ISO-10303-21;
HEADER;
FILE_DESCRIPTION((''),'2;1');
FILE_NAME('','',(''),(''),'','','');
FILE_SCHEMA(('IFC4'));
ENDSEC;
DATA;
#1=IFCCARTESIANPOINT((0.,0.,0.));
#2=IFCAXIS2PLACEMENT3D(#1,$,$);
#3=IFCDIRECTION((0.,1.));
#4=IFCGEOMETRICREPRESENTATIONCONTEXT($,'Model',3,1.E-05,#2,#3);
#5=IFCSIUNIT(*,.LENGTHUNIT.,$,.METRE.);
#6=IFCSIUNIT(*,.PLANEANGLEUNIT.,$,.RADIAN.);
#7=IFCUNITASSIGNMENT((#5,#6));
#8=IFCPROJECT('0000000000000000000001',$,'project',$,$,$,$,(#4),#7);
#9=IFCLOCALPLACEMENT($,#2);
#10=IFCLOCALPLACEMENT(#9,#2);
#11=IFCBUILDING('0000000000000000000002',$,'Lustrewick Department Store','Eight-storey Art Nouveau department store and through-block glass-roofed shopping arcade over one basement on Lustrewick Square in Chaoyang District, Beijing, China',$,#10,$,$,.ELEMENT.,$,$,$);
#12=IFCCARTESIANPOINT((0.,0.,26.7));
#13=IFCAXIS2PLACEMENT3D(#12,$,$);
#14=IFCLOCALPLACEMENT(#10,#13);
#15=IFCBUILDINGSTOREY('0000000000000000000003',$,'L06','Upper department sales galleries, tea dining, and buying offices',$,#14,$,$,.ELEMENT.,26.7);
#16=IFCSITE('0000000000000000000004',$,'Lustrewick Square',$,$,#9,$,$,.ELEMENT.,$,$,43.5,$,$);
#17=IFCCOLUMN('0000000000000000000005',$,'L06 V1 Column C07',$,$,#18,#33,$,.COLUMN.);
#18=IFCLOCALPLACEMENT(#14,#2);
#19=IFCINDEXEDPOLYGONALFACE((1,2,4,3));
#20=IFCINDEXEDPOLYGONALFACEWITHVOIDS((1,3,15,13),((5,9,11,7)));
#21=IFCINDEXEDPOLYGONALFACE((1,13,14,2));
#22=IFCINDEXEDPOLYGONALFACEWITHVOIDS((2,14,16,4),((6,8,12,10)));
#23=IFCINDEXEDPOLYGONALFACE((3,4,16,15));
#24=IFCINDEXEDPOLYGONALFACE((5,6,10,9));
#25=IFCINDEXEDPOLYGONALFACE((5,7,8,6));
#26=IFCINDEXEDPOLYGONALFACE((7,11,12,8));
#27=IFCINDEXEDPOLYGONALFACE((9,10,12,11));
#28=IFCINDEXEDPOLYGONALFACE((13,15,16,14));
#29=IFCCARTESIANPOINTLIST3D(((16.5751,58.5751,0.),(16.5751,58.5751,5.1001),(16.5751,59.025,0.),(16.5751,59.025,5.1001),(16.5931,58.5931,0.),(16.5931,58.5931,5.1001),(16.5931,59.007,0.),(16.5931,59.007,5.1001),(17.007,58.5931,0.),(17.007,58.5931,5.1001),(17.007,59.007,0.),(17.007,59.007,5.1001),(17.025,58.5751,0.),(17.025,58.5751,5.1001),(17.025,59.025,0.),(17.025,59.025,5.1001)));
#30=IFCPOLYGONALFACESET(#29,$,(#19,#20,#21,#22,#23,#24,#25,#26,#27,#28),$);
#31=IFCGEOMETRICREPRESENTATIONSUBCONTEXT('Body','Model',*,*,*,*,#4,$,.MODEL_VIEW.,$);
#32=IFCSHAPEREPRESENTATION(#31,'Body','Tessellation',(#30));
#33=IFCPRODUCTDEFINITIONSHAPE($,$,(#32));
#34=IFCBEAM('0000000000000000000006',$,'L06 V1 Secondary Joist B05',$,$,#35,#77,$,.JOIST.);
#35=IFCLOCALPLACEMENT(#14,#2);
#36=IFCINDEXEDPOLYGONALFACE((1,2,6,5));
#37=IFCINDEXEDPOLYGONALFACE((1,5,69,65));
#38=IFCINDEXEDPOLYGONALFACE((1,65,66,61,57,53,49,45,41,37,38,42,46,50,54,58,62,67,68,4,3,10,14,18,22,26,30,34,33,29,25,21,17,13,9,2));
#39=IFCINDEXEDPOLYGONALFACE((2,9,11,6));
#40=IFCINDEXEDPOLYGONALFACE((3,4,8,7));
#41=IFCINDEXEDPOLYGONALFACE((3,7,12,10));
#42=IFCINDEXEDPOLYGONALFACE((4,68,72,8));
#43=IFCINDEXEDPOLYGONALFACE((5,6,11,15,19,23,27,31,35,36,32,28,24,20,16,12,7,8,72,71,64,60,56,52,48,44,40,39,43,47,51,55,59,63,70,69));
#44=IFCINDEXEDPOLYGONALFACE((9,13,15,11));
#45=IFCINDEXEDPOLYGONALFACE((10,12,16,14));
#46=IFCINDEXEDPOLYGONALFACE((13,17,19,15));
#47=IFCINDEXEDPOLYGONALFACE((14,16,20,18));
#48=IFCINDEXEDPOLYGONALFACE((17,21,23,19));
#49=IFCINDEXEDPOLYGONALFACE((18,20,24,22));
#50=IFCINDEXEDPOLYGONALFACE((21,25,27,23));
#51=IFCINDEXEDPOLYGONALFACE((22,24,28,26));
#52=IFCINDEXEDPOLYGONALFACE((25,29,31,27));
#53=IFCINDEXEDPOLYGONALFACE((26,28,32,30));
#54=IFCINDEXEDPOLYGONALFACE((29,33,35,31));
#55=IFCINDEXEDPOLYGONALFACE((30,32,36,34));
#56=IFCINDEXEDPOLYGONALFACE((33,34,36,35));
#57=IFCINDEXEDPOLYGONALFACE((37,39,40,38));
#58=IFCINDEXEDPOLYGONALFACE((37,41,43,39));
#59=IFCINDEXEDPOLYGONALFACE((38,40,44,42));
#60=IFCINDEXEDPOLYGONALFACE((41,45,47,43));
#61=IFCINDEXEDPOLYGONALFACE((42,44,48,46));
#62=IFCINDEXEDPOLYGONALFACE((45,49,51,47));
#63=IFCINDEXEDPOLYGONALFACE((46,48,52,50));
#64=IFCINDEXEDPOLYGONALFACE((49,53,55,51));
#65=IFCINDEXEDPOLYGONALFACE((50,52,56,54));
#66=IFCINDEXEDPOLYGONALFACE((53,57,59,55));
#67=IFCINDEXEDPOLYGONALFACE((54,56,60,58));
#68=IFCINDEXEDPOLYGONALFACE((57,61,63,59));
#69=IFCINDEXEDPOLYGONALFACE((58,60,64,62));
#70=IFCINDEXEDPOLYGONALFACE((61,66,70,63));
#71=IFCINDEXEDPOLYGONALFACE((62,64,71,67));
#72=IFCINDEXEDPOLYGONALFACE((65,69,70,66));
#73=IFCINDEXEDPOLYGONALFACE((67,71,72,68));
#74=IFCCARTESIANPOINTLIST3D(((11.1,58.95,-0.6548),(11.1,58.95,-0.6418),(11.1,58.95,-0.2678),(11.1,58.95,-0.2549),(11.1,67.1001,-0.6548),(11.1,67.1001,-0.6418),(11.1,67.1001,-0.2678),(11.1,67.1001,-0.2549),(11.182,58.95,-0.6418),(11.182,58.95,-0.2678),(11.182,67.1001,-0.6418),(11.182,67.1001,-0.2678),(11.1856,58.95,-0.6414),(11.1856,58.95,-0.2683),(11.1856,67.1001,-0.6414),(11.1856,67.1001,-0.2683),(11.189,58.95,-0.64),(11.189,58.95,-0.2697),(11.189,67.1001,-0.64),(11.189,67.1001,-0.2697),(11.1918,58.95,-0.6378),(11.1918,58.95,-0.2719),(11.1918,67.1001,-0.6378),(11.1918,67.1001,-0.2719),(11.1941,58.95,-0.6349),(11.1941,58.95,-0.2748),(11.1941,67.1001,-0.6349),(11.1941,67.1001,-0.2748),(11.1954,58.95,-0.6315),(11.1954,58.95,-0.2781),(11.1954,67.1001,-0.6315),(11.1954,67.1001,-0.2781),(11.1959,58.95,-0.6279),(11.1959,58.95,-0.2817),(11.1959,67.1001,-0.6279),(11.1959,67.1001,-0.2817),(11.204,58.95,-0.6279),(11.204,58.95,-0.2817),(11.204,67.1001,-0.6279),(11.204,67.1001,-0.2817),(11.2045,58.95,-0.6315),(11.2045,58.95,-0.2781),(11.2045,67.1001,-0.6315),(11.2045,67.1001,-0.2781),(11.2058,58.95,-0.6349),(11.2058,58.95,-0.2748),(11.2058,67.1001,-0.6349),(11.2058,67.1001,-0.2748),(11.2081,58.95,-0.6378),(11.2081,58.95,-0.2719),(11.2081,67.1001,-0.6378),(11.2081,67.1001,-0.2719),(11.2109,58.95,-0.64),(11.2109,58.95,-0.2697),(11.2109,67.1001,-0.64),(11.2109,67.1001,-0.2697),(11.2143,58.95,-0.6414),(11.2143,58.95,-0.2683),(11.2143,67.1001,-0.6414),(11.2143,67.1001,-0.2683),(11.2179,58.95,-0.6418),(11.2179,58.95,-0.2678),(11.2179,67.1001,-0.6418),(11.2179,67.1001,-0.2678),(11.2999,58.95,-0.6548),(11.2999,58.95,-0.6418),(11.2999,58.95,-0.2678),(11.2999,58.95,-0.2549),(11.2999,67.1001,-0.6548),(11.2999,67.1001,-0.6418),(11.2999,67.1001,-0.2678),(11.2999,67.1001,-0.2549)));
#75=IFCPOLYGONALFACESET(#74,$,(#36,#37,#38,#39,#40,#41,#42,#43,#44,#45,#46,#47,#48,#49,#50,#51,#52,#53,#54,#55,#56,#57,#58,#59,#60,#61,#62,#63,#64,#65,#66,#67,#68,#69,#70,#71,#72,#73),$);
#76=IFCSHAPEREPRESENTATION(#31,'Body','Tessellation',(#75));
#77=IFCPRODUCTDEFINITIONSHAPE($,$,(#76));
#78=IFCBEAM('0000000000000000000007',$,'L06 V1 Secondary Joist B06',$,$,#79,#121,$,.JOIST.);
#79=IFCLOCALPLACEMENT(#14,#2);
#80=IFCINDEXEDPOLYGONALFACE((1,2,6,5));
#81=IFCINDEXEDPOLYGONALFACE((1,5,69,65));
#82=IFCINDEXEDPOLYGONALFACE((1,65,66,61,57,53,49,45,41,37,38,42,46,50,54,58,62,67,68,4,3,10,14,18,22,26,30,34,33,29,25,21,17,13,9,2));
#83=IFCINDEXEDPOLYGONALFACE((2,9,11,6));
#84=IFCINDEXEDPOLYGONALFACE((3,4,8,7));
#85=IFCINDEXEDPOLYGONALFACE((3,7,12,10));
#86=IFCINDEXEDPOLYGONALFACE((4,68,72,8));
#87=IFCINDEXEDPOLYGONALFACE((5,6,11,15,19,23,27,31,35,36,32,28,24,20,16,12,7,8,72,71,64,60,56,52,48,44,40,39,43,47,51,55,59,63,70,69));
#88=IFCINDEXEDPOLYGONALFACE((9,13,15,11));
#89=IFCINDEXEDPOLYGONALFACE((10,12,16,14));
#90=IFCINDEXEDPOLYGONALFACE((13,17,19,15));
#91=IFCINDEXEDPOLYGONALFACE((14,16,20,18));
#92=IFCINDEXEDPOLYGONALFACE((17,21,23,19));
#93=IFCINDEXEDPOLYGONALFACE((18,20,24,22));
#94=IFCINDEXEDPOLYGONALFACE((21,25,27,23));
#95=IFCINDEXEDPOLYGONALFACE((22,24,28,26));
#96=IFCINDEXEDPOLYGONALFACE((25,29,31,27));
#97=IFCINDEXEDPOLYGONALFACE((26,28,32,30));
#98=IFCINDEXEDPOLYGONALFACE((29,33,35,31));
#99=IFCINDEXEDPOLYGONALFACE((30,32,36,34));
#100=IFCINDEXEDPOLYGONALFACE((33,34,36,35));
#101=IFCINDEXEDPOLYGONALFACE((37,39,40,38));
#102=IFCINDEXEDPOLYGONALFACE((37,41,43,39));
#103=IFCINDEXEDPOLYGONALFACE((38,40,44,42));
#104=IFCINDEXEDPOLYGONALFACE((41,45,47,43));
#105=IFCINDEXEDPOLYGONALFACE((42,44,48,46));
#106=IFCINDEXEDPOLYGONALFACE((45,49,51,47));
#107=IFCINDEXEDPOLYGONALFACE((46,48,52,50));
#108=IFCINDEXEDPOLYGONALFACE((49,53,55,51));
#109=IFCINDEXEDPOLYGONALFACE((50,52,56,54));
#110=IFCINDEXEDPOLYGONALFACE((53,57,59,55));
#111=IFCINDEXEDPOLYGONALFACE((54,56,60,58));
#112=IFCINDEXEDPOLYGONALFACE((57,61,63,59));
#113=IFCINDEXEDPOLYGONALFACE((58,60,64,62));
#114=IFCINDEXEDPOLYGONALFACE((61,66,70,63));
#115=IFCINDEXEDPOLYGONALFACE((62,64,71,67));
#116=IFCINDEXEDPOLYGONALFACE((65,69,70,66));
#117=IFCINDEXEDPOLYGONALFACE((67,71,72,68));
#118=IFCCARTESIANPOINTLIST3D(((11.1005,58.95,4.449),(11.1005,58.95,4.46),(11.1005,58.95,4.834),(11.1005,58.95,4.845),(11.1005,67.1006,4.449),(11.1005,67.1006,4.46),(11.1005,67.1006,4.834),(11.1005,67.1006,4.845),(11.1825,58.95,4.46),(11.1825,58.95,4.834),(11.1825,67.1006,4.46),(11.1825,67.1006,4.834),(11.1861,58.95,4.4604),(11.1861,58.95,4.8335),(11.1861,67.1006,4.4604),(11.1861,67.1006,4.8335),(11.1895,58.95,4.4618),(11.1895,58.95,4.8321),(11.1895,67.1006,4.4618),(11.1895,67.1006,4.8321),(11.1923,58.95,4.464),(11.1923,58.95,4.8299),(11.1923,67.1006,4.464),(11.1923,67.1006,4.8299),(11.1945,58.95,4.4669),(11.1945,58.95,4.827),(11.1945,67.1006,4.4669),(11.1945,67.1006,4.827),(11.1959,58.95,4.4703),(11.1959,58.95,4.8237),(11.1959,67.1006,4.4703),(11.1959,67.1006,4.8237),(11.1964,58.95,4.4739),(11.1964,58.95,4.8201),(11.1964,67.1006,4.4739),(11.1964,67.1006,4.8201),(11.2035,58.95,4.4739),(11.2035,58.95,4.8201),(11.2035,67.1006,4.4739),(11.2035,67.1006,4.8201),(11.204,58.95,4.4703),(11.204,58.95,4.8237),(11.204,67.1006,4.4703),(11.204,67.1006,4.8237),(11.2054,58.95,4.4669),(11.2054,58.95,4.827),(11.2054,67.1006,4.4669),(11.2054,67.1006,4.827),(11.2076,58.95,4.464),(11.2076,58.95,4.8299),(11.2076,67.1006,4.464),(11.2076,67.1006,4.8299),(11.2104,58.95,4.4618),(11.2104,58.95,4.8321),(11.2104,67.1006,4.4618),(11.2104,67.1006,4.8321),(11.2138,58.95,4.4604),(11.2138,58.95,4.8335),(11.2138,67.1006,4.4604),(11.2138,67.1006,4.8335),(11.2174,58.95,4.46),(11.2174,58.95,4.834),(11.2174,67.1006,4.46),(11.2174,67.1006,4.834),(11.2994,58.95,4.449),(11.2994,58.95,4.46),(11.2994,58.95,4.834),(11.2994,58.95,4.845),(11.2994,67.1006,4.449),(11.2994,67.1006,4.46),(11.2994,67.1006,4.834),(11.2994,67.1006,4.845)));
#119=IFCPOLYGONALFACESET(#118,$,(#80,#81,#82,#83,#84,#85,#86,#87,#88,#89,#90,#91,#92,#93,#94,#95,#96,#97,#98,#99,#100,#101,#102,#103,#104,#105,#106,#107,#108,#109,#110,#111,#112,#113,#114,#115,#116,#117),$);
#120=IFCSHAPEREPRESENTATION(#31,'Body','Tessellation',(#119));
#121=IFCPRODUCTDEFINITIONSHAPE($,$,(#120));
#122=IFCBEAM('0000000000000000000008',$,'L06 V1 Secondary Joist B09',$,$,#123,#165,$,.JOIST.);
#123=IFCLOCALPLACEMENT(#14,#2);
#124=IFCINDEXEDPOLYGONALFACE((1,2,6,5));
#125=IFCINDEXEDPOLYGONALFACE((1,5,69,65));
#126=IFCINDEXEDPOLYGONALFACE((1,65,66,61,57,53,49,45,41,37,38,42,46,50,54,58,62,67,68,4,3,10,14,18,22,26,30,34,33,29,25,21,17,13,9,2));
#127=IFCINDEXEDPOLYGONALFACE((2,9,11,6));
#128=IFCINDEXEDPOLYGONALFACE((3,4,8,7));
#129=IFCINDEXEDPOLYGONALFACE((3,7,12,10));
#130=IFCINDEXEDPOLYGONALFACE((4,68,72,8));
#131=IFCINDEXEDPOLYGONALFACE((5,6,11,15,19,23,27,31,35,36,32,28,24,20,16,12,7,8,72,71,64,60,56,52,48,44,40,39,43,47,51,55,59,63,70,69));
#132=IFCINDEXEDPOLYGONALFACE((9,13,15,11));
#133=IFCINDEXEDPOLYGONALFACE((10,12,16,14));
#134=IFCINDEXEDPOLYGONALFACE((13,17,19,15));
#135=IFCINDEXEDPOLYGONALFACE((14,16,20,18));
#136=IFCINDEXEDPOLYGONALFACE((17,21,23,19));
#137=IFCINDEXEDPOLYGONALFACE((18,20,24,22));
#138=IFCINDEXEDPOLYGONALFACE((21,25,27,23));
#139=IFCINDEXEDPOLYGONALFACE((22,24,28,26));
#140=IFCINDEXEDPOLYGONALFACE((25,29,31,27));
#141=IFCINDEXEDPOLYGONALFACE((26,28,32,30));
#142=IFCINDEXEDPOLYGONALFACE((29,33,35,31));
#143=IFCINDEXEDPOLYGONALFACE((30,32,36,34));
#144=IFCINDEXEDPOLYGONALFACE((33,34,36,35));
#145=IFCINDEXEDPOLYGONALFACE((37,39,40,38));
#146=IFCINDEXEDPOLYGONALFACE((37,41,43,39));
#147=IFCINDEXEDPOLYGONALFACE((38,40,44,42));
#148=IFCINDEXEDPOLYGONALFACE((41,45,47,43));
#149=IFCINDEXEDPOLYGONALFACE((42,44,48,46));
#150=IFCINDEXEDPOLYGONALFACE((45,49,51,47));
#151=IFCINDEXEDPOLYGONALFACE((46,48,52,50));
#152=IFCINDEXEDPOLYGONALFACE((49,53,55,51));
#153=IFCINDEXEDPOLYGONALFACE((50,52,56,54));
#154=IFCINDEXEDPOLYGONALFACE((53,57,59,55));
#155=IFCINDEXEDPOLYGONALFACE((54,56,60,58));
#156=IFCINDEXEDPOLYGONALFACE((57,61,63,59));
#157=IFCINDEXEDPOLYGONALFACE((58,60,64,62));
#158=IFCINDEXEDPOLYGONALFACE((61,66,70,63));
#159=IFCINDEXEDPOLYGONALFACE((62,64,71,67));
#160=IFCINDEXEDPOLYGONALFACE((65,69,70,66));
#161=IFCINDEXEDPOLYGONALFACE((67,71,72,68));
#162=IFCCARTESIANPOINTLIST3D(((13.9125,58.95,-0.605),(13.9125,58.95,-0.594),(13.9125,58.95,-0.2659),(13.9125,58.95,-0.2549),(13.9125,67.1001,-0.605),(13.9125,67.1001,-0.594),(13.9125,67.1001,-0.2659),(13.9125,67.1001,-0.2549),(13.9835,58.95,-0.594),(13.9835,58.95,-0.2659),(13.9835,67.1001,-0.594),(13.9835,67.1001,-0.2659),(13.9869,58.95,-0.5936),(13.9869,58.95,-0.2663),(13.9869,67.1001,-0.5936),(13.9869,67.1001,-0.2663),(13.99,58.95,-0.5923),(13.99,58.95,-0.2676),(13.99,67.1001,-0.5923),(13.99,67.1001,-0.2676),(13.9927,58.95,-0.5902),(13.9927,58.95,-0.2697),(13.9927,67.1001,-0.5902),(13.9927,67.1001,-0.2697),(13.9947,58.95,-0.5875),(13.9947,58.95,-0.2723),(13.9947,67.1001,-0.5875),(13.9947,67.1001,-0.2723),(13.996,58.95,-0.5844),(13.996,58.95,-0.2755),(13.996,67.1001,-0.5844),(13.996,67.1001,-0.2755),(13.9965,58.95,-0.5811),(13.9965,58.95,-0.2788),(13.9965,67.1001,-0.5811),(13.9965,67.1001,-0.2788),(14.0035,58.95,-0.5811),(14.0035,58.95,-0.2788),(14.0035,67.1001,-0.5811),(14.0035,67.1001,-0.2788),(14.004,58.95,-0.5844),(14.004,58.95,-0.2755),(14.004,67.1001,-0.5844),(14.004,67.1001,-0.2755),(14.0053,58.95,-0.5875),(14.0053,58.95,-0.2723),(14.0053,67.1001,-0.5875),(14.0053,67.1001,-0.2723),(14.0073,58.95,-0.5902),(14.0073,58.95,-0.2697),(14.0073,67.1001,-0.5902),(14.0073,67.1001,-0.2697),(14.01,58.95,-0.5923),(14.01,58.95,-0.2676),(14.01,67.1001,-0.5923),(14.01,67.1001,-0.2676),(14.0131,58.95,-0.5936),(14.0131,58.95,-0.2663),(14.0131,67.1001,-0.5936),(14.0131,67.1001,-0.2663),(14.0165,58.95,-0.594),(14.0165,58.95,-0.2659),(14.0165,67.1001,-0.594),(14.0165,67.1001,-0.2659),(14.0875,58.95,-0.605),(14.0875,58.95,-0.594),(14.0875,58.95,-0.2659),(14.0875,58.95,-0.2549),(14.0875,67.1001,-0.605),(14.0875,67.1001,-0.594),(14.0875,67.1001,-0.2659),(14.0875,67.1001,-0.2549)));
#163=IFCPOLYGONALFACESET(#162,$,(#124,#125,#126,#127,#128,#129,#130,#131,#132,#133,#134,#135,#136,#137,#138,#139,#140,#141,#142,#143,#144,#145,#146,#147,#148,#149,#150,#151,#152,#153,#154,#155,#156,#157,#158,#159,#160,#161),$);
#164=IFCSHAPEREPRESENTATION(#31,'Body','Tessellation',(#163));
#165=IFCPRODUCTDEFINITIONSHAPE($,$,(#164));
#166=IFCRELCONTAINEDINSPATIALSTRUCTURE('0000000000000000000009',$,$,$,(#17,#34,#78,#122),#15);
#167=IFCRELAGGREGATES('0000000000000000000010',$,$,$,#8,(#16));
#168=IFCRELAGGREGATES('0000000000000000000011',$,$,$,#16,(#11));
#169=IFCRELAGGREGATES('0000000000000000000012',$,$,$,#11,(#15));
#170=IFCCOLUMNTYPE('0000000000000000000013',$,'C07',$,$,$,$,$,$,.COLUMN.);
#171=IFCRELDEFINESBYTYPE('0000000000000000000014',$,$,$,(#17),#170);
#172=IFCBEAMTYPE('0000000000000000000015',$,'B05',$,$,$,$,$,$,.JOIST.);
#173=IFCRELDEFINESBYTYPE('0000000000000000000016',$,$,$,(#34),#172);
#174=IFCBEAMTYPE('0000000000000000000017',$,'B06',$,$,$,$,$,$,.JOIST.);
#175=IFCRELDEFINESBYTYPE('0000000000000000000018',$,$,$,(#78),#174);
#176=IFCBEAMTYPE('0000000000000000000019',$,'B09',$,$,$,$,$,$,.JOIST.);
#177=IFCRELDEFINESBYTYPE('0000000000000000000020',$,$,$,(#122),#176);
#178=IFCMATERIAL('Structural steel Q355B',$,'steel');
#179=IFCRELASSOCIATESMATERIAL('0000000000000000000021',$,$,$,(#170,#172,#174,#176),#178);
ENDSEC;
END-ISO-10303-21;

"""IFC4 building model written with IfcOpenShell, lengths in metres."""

from ifc_helpers import new_model, si_unit, direction, frame, origin, origin_2d, place, context, subcontext, project, spatial, hollow_rectangle, i_section, extrude, material, material_profile, profile_set, type_object, element, save


model = new_model("IFC4")

# Units and contexts
model_context = context("Model", 3, precision=1e-05, world=origin(), true_north=direction((0.0, 1.0)))
body_context = subcontext(model_context, "Body", "Model", "MODEL_VIEW")
ifc_project = project(units=[si_unit("LENGTHUNIT", "METRE"), si_unit("PLANEANGLEUNIT", "RADIAN")], contexts=[model_context])

# Site, building, storey
site_placement = place(None, origin())
site = spatial("IfcSite", under=ifc_project, at=site_placement, Name="Lustrewick Square", CompositionType="ELEMENT", RefElevation=43.5)
building_placement = place(site_placement, origin())
building = spatial("IfcBuilding", under=site, at=building_placement, Name="Lustrewick Department Store", Description="Eight-storey Art Nouveau department store and through-block glass-roofed shopping arcade over one basement on Lustrewick Square in Chaoyang District, Beijing, China", CompositionType="ELEMENT")
storey_placement = place(building_placement, frame((0.0, 0.0, 26.7)))
storey = spatial("IfcBuildingStorey", under=building, at=storey_placement, Name="L06", Description="Upper department sales galleries, tea dining, and buying offices", CompositionType="ELEMENT", Elevation=26.7)

# Column
ifc_material_1 = material(Name="Structural steel Q355B", Category="steel")
ifc_material_profile_1 = material_profile(ifc_material_1, hollow_rectangle(XDim=0.45, YDim=0.45, WallThickness=0.0181, at=origin_2d()), Name="BOX 450x450x18")
ifc_profile_set_1 = profile_set([ifc_material_profile_1], Name="Structural steel Q355B")
column_type = type_object("IfcColumnType", Name="C07", PredefinedType="COLUMN", material=ifc_profile_set_1)
column_placement = place(storey_placement, frame((16.8, 58.8, 0.0), z_axis=(0.0, 0.0, 1.0), x_axis=(1.0, 0.0, 0.0)))
element("IfcColumn", 1, at=column_placement, inside=storey, type_object=column_type, Name="L06 V1 Column C07", PredefinedType="COLUMN", context=body_context, shape_type="SweptSolid", body=[
    extrude(hollow_rectangle(XDim=0.45, YDim=0.45, WallThickness=0.0181, at=origin_2d()), origin(), (0.0, 0.0, 1.0), 5.1001),
])

# Beams
ifc_material_profile_2 = material_profile(ifc_material_1, i_section(OverallWidth=0.2, OverallDepth=0.3999, WebThickness=0.0081, FlangeThickness=0.0129, FilletRadius=0.0139, at=origin_2d()), Name="HN 400x200x8x13")
ifc_profile_set_2 = profile_set([ifc_material_profile_2], Name="Structural steel Q355B")
beam_type_1 = type_object("IfcBeamType", Name="B05", PredefinedType="JOIST", material=ifc_profile_set_2)
beam_1_placement = place(storey_placement, frame((11.2, 58.95, -0.4548), z_axis=(0.0, 1.0, 0.0), x_axis=(-1.0, 0.0, 0.0)))
element("IfcBeam", 2, at=beam_1_placement, inside=storey, type_object=beam_type_1, Name="L06 V1 Secondary Joist B05", PredefinedType="JOIST", context=body_context, shape_type="SweptSolid", body=[
    extrude(i_section(OverallWidth=0.2, OverallDepth=0.3999, WebThickness=0.0081, FlangeThickness=0.0129, FilletRadius=0.0139, at=origin_2d()), origin(), (0.0, 0.0, 1.0), 8.1501),
])
ifc_material_profile_3 = material_profile(ifc_material_1, i_section(OverallWidth=0.199, OverallDepth=0.396, WebThickness=0.0071, FlangeThickness=0.011, FilletRadius=0.0139, at=origin_2d()), Name="HN 396x199x7x11")
ifc_profile_set_3 = profile_set([ifc_material_profile_3], Name="Structural steel Q355B")
beam_type_2 = type_object("IfcBeamType", Name="B06", PredefinedType="JOIST", material=ifc_profile_set_3)
beam_2_placement = place(storey_placement, frame((11.2, 58.95, 4.647), z_axis=(0.0, 1.0, 0.0), x_axis=(-1.0, 0.0, 0.0)))
element("IfcBeam", 3, at=beam_2_placement, inside=storey, type_object=beam_type_2, Name="L06 V1 Secondary Joist B06", PredefinedType="JOIST", context=body_context, shape_type="SweptSolid", body=[
    extrude(i_section(OverallWidth=0.199, OverallDepth=0.396, WebThickness=0.0071, FlangeThickness=0.011, FilletRadius=0.0139, at=origin_2d()), origin(), (0.0, 0.0, 1.0), 8.1506),
])
ifc_material_profile_4 = material_profile(ifc_material_1, i_section(OverallWidth=0.175, OverallDepth=0.3501, WebThickness=0.0071, FlangeThickness=0.011, FilletRadius=0.0129, at=origin_2d()), Name="HN 350x175x7x11")
ifc_profile_set_4 = profile_set([ifc_material_profile_4], Name="Structural steel Q355B")
beam_type_3 = type_object("IfcBeamType", Name="B09", PredefinedType="JOIST", material=ifc_profile_set_4)
beam_3_placement = place(storey_placement, frame((14.0, 58.95, -0.4299), z_axis=(0.0, 1.0, 0.0), x_axis=(-1.0, 0.0, 0.0)))
element("IfcBeam", 4, at=beam_3_placement, inside=storey, type_object=beam_type_3, Name="L06 V1 Secondary Joist B09", PredefinedType="JOIST", context=body_context, shape_type="SweptSolid", body=[
    extrude(i_section(OverallWidth=0.175, OverallDepth=0.3501, WebThickness=0.0071, FlangeThickness=0.011, FilletRadius=0.0129, at=origin_2d()), origin(), (0.0, 0.0, 1.0), 8.1501),
])

save(model, "model.ifc")
